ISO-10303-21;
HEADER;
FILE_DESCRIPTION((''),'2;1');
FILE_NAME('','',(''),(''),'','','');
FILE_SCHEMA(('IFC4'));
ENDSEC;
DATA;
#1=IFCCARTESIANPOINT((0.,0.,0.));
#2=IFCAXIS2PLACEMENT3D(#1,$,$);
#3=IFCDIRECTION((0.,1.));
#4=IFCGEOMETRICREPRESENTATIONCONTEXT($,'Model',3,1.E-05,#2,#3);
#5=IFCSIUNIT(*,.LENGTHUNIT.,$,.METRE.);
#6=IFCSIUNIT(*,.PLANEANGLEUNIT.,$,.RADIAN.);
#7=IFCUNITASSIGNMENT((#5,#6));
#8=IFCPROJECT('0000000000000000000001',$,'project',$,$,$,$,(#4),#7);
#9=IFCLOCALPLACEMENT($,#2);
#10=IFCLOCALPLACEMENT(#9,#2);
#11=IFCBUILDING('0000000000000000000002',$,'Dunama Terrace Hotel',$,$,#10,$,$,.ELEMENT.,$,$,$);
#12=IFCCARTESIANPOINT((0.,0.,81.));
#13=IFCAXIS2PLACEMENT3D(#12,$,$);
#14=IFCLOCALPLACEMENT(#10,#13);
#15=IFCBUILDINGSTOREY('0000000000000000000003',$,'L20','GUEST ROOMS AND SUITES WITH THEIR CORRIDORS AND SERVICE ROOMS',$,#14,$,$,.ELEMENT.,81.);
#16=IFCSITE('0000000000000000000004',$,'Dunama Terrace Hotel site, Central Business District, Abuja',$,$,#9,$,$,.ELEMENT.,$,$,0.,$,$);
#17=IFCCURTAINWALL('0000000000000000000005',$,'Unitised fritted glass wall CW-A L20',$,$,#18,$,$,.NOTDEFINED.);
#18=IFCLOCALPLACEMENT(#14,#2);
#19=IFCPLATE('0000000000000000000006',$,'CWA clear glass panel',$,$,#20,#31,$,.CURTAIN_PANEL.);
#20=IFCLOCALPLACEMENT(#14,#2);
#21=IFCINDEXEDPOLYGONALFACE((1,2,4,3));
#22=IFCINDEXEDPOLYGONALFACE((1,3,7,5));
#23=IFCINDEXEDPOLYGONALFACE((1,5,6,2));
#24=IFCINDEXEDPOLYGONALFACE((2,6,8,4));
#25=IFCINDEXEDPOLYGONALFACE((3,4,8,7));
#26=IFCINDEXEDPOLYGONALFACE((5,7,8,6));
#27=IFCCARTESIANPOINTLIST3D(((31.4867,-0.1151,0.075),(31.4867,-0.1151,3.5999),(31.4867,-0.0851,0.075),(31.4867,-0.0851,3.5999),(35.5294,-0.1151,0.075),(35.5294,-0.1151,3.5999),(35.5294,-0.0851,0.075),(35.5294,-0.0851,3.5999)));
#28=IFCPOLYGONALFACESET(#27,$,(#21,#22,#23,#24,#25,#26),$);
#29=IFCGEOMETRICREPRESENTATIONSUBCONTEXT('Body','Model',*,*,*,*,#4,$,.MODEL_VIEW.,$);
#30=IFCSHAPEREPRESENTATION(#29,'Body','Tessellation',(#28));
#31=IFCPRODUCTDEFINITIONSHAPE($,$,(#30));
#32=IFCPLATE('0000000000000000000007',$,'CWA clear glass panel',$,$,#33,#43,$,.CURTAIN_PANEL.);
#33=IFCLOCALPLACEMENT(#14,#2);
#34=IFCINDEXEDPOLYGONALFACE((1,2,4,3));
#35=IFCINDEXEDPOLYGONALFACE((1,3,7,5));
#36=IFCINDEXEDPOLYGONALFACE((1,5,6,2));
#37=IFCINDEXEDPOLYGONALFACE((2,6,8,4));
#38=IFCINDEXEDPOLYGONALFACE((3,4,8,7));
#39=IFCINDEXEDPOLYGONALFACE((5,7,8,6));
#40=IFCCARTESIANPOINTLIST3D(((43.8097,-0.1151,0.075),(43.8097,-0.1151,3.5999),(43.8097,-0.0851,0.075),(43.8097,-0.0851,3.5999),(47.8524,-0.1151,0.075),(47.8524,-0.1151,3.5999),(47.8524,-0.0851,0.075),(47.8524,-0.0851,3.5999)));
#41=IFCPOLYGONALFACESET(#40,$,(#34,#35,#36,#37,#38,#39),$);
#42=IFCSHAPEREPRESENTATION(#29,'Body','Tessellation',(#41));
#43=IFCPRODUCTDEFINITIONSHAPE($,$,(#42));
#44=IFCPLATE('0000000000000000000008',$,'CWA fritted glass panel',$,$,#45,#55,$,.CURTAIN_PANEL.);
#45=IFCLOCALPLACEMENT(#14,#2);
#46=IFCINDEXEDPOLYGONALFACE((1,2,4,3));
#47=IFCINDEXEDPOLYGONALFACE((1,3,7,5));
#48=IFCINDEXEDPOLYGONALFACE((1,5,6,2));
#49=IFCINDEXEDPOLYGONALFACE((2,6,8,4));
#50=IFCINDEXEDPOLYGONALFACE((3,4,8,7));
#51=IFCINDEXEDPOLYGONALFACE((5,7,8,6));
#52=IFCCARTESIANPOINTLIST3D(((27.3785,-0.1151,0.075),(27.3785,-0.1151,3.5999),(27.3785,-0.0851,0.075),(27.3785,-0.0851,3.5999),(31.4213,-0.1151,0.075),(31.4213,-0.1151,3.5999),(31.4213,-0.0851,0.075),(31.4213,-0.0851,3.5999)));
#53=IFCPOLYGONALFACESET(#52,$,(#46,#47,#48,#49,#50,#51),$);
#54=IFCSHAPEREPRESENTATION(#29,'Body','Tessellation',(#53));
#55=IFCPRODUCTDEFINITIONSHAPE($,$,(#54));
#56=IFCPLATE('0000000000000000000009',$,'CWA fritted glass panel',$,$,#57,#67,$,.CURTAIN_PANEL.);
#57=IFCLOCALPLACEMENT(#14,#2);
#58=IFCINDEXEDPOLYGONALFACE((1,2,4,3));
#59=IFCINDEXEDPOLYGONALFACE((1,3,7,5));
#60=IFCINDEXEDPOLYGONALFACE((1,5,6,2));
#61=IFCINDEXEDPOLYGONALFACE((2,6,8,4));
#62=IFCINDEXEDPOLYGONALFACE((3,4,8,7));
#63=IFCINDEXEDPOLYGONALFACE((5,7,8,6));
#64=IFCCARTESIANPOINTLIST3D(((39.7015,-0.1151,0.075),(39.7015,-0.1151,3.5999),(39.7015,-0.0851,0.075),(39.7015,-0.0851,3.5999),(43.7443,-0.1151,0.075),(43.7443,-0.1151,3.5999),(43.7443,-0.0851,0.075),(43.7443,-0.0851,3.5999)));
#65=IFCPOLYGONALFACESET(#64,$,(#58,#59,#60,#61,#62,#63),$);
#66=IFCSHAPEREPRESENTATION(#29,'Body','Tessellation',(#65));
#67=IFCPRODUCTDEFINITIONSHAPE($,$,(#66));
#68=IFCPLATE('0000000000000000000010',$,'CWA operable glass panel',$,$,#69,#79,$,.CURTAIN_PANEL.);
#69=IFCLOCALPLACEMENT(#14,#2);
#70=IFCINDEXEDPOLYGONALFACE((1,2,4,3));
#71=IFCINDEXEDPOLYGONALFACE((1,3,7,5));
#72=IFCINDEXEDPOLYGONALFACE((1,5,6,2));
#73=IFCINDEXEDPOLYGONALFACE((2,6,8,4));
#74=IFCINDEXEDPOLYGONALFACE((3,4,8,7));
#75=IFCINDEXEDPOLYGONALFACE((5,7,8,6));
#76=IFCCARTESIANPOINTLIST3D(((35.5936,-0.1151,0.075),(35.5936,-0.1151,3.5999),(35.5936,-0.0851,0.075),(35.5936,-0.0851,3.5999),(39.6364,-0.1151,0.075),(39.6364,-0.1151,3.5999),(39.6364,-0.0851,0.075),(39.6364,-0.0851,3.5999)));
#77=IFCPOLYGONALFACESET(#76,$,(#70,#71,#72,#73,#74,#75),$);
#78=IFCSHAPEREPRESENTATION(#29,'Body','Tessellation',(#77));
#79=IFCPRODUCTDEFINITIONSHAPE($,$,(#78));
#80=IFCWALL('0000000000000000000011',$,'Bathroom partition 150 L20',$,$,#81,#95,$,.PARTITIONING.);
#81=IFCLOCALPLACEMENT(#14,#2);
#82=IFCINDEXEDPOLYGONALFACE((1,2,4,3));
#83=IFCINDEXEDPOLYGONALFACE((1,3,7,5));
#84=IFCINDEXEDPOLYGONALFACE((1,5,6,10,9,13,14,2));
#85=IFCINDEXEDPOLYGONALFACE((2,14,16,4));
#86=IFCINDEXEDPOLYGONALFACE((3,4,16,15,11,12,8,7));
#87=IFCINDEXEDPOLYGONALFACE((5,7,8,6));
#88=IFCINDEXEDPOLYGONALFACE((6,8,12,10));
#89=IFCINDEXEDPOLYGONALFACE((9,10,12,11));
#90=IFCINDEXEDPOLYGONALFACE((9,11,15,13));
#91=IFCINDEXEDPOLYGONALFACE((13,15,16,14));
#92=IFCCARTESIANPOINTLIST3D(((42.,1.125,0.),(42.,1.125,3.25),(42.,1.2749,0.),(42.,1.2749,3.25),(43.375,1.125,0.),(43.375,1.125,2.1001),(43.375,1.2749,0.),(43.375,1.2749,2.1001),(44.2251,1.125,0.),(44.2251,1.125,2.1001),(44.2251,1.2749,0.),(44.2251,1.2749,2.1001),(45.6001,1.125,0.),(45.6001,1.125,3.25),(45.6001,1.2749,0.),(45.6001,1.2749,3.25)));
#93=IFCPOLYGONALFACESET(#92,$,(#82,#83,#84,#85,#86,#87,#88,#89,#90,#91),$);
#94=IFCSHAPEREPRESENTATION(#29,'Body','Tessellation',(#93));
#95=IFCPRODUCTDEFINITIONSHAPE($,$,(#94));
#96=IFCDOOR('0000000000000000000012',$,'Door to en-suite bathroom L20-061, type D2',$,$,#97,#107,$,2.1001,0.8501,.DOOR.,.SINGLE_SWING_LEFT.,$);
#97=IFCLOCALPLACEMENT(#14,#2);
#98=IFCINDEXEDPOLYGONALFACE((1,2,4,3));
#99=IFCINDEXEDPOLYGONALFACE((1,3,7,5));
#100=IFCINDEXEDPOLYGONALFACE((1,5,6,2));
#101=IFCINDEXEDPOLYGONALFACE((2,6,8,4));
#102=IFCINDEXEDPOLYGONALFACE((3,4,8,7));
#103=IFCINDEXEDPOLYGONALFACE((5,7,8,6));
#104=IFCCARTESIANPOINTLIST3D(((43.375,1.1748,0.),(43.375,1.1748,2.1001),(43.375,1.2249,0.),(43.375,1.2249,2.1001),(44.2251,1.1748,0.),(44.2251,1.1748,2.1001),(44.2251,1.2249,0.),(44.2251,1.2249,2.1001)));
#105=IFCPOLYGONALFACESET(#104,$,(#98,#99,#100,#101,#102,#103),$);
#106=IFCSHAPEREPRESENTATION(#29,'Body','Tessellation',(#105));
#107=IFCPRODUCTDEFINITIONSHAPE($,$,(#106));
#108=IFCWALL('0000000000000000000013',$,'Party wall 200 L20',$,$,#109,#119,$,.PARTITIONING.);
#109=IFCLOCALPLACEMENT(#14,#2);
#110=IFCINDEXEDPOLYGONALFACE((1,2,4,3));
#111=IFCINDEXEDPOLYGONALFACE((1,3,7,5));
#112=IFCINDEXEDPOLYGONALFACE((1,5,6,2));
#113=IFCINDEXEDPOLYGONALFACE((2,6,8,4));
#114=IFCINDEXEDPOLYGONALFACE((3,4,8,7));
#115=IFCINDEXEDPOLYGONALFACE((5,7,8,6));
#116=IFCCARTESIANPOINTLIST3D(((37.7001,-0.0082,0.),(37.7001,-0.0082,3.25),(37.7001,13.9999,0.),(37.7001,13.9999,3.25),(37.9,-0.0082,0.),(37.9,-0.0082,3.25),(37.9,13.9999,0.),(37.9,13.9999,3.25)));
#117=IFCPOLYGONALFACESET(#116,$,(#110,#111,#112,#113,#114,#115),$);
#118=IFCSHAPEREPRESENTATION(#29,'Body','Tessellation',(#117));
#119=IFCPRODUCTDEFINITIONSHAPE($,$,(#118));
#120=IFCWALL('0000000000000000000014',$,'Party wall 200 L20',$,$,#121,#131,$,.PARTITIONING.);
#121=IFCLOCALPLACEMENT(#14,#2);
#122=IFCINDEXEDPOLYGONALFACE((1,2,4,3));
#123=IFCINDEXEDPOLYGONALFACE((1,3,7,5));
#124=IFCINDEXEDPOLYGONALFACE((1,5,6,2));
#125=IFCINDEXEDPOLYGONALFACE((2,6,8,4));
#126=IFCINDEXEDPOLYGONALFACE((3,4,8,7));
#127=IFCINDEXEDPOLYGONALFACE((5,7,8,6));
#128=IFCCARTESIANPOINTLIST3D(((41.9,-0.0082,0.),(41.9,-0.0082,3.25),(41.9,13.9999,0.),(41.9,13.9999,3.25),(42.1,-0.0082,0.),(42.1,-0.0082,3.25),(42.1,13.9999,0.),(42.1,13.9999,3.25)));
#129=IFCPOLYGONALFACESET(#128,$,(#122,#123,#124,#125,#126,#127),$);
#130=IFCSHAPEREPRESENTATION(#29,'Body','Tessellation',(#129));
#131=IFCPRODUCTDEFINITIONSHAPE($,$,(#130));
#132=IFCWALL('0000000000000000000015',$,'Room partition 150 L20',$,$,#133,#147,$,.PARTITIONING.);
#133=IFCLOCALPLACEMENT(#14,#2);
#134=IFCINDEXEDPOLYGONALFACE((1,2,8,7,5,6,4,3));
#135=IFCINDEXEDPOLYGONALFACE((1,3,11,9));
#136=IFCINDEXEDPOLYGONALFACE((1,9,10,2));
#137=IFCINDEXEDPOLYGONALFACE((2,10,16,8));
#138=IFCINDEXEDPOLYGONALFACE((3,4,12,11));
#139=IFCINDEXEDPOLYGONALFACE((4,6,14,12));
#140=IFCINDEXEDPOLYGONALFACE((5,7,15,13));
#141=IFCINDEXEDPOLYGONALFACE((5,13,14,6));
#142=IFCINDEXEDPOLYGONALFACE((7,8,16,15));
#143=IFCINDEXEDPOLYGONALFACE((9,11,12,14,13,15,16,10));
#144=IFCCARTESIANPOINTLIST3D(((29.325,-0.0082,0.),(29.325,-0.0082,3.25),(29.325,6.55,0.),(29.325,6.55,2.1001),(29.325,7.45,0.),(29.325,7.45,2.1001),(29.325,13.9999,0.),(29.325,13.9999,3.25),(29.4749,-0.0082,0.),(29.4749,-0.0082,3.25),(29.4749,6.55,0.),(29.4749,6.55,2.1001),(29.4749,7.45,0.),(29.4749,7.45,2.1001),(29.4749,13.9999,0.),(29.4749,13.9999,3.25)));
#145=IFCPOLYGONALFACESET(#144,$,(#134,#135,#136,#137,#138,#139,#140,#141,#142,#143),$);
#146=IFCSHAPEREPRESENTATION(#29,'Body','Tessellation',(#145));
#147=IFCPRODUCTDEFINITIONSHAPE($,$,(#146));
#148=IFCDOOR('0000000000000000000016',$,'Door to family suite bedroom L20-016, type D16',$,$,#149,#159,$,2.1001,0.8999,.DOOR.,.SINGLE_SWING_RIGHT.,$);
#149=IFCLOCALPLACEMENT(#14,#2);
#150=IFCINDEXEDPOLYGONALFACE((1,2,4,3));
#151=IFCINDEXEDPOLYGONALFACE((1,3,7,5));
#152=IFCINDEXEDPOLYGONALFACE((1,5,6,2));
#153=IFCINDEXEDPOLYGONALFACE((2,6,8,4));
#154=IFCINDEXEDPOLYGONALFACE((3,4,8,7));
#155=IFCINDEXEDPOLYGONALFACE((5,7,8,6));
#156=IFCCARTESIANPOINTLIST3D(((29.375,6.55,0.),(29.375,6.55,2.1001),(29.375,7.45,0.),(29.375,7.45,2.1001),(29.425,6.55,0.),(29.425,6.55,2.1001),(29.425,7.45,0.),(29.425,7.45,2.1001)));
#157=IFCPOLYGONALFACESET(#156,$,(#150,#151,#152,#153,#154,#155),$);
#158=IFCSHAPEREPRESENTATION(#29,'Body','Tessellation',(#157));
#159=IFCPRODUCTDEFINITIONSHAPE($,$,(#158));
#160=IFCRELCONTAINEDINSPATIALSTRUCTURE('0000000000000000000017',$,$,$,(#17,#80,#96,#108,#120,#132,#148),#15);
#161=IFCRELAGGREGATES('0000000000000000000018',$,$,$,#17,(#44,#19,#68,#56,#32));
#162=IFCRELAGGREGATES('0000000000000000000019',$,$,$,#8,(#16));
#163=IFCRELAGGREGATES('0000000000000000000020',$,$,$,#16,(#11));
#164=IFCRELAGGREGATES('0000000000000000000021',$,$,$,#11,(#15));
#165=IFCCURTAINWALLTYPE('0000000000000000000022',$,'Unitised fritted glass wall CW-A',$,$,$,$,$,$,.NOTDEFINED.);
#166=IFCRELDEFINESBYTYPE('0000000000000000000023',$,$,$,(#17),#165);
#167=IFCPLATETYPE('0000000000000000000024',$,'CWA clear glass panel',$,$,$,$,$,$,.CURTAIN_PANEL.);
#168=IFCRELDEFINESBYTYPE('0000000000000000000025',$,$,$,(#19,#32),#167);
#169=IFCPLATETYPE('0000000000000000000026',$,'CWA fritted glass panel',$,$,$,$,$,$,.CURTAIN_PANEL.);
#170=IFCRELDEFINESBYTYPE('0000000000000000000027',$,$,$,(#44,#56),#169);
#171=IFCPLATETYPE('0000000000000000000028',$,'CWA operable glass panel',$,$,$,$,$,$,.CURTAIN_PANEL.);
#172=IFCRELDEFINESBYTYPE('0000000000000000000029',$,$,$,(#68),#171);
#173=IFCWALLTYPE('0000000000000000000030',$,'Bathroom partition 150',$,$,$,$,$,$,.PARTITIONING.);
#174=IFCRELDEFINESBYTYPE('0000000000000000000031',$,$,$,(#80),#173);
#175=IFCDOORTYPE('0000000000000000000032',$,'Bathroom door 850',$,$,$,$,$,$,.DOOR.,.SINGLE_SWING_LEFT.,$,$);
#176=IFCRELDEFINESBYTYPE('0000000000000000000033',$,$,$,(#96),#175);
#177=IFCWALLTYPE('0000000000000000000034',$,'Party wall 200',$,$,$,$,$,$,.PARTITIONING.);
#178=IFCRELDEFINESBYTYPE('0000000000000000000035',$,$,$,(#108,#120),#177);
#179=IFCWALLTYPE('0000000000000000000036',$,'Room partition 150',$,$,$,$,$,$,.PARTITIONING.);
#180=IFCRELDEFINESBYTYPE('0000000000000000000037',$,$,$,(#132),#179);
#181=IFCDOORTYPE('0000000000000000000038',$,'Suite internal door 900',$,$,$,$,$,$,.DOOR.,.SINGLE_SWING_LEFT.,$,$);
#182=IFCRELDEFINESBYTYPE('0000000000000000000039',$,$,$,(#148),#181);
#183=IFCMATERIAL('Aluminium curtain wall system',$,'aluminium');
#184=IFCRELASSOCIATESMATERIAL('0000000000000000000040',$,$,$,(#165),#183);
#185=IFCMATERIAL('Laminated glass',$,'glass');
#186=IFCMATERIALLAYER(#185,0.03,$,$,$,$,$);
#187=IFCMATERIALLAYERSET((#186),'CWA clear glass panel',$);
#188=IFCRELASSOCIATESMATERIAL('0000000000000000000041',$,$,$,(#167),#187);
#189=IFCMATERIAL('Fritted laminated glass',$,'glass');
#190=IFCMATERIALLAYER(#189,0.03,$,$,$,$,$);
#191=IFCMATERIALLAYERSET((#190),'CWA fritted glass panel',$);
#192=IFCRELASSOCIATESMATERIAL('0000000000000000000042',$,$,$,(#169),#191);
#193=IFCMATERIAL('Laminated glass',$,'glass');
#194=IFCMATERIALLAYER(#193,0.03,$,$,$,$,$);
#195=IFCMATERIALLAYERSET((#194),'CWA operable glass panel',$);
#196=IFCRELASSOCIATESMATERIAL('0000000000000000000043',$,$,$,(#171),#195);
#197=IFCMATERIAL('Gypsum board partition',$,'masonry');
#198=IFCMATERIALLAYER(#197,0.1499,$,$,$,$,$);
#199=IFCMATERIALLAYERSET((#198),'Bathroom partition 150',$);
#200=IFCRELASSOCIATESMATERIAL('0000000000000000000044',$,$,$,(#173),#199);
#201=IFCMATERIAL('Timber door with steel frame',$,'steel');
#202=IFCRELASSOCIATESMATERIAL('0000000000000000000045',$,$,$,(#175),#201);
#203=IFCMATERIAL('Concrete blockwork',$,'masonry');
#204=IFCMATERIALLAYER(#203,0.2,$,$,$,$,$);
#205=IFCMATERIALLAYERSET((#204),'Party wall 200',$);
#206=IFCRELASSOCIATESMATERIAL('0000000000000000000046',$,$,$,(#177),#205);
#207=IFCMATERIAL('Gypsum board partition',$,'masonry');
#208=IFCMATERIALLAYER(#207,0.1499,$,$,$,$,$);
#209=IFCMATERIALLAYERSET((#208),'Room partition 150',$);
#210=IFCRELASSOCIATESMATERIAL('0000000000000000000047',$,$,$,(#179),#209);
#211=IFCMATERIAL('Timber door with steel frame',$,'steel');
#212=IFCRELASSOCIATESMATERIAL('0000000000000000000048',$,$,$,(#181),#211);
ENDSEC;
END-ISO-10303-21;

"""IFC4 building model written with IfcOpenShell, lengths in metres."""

from ifc_helpers import new_model, si_unit, direction, frame, frame_2d, origin, origin_2d, place, context, subcontext, project, spatial, rectangle, extrude, material, layer, layer_set, type_object, element, fill, aggregate, save


model = new_model("IFC4")

# Units and contexts
model_context = context("Model", 3, precision=1e-05, world=origin(), true_north=direction((0.0, 1.0)))
body_context = subcontext(model_context, "Body", "Model", "MODEL_VIEW")
ifc_project = project(units=[si_unit("LENGTHUNIT", "METRE"), si_unit("PLANEANGLEUNIT", "RADIAN")], contexts=[model_context])

# Site, building, storey
site_placement = place(None, origin())
site = spatial("IfcSite", under=ifc_project, at=site_placement, Name="Dunama Terrace Hotel site, Central Business District, Abuja", CompositionType="ELEMENT", RefElevation=0.0)
building_placement = place(site_placement, origin())
building = spatial("IfcBuilding", under=site, at=building_placement, Name="Dunama Terrace Hotel", CompositionType="ELEMENT")
storey_placement = place(building_placement, frame((0.0, 0.0, 81.0)))
storey = spatial("IfcBuildingStorey", under=building, at=storey_placement, Name="L20", Description="GUEST ROOMS AND SUITES WITH THEIR CORRIDORS AND SERVICE ROOMS", CompositionType="ELEMENT", Elevation=81.0)

# Curtain wall
ifc_material_1 = material(Name="Aluminium curtain wall system", Category="aluminium")
curtain_wall_type = type_object("IfcCurtainWallType", Name="Unitised fritted glass wall CW-A", PredefinedType="NOTDEFINED", material=ifc_material_1)
curtain_wall_placement = place(storey_placement, origin())
curtain_wall = element("IfcCurtainWall", 1, at=curtain_wall_placement, inside=storey, type_object=curtain_wall_type, Name="Unitised fritted glass wall CW-A L20", PredefinedType="NOTDEFINED")

# Plates
ifc_material_2 = material(Name="Laminated glass", Category="glass")
ifc_layer_1 = layer(ifc_material_2, 0.03)
ifc_layer_set_1 = layer_set([ifc_layer_1], Name="CWA clear glass panel")
plate_type_1 = type_object("IfcPlateType", Name="CWA clear glass panel", PredefinedType="CURTAIN_PANEL", material=ifc_layer_set_1)
plate_1_placement = place(storey_placement, frame((33.5081, -0.1001, 0.075), z_axis=(0.0, 0.0, 1.0), x_axis=(1.0, 0.0, 0.0)))
plate_1 = element("IfcPlate", 2, at=plate_1_placement, type_object=plate_type_1, Name="CWA clear glass panel", PredefinedType="CURTAIN_PANEL", context=body_context, shape_type="SweptSolid", body=[
    extrude(rectangle(XDim=4.0427, YDim=0.03, at=origin_2d()), origin(), (0.0, 0.0, 1.0), 3.5249),
])
plate_2_placement = place(storey_placement, frame((45.8311, -0.1001, 0.075), z_axis=(0.0, 0.0, 1.0), x_axis=(1.0, 0.0, 0.0)))
plate_2 = element("IfcPlate", 3, at=plate_2_placement, type_object=plate_type_1, Name="CWA clear glass panel", PredefinedType="CURTAIN_PANEL", context=body_context, shape_type="SweptSolid", body=[
    extrude(rectangle(XDim=4.0427, YDim=0.03, at=origin_2d()), origin(), (0.0, 0.0, 1.0), 3.5249),
])
ifc_material_3 = material(Name="Fritted laminated glass", Category="glass")
ifc_layer_2 = layer(ifc_material_3, 0.03)
ifc_layer_set_2 = layer_set([ifc_layer_2], Name="CWA fritted glass panel")
plate_type_2 = type_object("IfcPlateType", Name="CWA fritted glass panel", PredefinedType="CURTAIN_PANEL", material=ifc_layer_set_2)
plate_3_placement = place(storey_placement, frame((29.3999, -0.1001, 0.075), z_axis=(0.0, 0.0, 1.0), x_axis=(1.0, 0.0, 0.0)))
plate_3 = element("IfcPlate", 4, at=plate_3_placement, type_object=plate_type_2, Name="CWA fritted glass panel", PredefinedType="CURTAIN_PANEL", context=body_context, shape_type="SweptSolid", body=[
    extrude(rectangle(XDim=4.0427, YDim=0.03, at=origin_2d()), origin(), (0.0, 0.0, 1.0), 3.5249),
])
plate_4_placement = place(storey_placement, frame((41.7229, -0.1001, 0.075), z_axis=(0.0, 0.0, 1.0), x_axis=(1.0, 0.0, 0.0)))
plate_4 = element("IfcPlate", 5, at=plate_4_placement, type_object=plate_type_2, Name="CWA fritted glass panel", PredefinedType="CURTAIN_PANEL", context=body_context, shape_type="SweptSolid", body=[
    extrude(rectangle(XDim=4.0427, YDim=0.03, at=origin_2d()), origin(), (0.0, 0.0, 1.0), 3.5249),
])
ifc_material_4 = material(Name="Laminated glass", Category="glass")
ifc_layer_3 = layer(ifc_material_4, 0.03)
ifc_layer_set_3 = layer_set([ifc_layer_3], Name="CWA operable glass panel")
plate_type_3 = type_object("IfcPlateType", Name="CWA operable glass panel", PredefinedType="CURTAIN_PANEL", material=ifc_layer_set_3)
plate_5_placement = place(storey_placement, frame((37.615, -0.1001, 0.075), z_axis=(0.0, 0.0, 1.0), x_axis=(1.0, 0.0, 0.0)))
plate_5 = element("IfcPlate", 6, at=plate_5_placement, type_object=plate_type_3, Name="CWA operable glass panel", PredefinedType="CURTAIN_PANEL", context=body_context, shape_type="SweptSolid", body=[
    extrude(rectangle(XDim=4.0427, YDim=0.03, at=origin_2d()), origin(), (0.0, 0.0, 1.0), 3.5249),
])
aggregate(curtain_wall, [plate_3, plate_1, plate_5, plate_4, plate_2])

# Wall, opening, door
ifc_material_5 = material(Name="Gypsum board partition", Category="masonry")
ifc_layer_4 = layer(ifc_material_5, 0.1499)
ifc_layer_set_4 = layer_set([ifc_layer_4], Name="Bathroom partition 150")
wall_type_1 = type_object("IfcWallType", Name="Bathroom partition 150", PredefinedType="PARTITIONING", material=ifc_layer_set_4)
wall_1_placement = place(storey_placement, frame((42.0, 1.2, 0.0), z_axis=(0.0, 0.0, 1.0), x_axis=(1.0, 0.0, 0.0)))
wall_1 = element("IfcWall", 7, at=wall_1_placement, inside=storey, type_object=wall_type_1, Name="Bathroom partition 150 L20", PredefinedType="PARTITIONING", context=body_context, shape_type="SweptSolid", body=[
    extrude(rectangle(XDim=3.6001, YDim=0.1499, at=frame_2d((1.8, 0.0))), origin(), (0.0, 0.0, 1.0), 3.25),
])
opening_1_placement = place(wall_1_placement, frame((1.375, 0.0, 0.0)))
opening_1 = element("IfcOpeningElement", 8, at=opening_1_placement, cuts=wall_1, PredefinedType="OPENING", context=body_context, shape_type="SweptSolid", body=[
    extrude(rectangle(XDim=0.8501, YDim=2.1001, at=frame_2d((0.425, 1.05))), frame((0.0, 0.085, 0.0), z_axis=(0.0, -1.0, 0.0), x_axis=(1.0, 0.0, 0.0)), (0.0, 0.0, 1.0), 0.1699),
])
ifc_material_6 = material(Name="Timber door with steel frame", Category="steel")
door_type_1 = type_object("IfcDoorType", Name="Bathroom door 850", OperationType="SINGLE_SWING_LEFT", PredefinedType="DOOR", material=ifc_material_6)
door_1_placement = place(opening_1_placement, origin())
door_1 = element("IfcDoor", 9, at=door_1_placement, inside=storey, type_object=door_type_1, Name="Door to en-suite bathroom L20-061, type D2", OperationType="SINGLE_SWING_LEFT", OverallHeight=2.1001, OverallWidth=0.8501, PredefinedType="DOOR", context=body_context, shape_type="SweptSolid", body=[
    extrude(rectangle(XDim=0.8501, YDim=2.1001, at=frame_2d((0.425, 1.05))), frame((0.0, 0.0249, 0.0), z_axis=(0.0, -1.0, 0.0), x_axis=(1.0, 0.0, 0.0)), (0.0, 0.0, 1.0), 0.05),
])
fill(opening_1, door_1)

# Walls
ifc_material_7 = material(Name="Concrete blockwork", Category="masonry")
ifc_layer_5 = layer(ifc_material_7, 0.2)
ifc_layer_set_5 = layer_set([ifc_layer_5], Name="Party wall 200")
wall_type_2 = type_object("IfcWallType", Name="Party wall 200", PredefinedType="PARTITIONING", material=ifc_layer_set_5)
for number, where, z_axis, x_axis, name in (
    (10, (37.8, -0.0081, 0.0), (0.0, 0.0, 1.0), (0.0, 1.0, 0.0), "Party wall 200 L20"),
    (11, (42.0, -0.0081, 0.0), (0.0, 0.0, 1.0), (0.0, 1.0, 0.0), "Party wall 200 L20"),
):
    element("IfcWall", number, at=place(storey_placement, frame(where, z_axis=z_axis, x_axis=x_axis)), inside=storey, type_object=wall_type_2, Name=name, PredefinedType="PARTITIONING", context=body_context, shape_type="SweptSolid", body=[
        extrude(rectangle(XDim=14.0081, YDim=0.2, at=frame_2d((7.0039, 0.0))), origin(), (0.0, 0.0, 1.0), 3.25),
    ])

# Wall, opening, door
ifc_material_8 = material(Name="Gypsum board partition", Category="masonry")
ifc_layer_6 = layer(ifc_material_8, 0.1499)
ifc_layer_set_6 = layer_set([ifc_layer_6], Name="Room partition 150")
wall_type_3 = type_object("IfcWallType", Name="Room partition 150", PredefinedType="PARTITIONING", material=ifc_layer_set_6)
wall_2_placement = place(storey_placement, frame((29.3999, -0.0081, 0.0), z_axis=(0.0, 0.0, 1.0), x_axis=(0.0, 1.0, 0.0)))
wall_2 = element("IfcWall", 12, at=wall_2_placement, inside=storey, type_object=wall_type_3, Name="Room partition 150 L20", PredefinedType="PARTITIONING", context=body_context, shape_type="SweptSolid", body=[
    extrude(rectangle(XDim=14.0081, YDim=0.1499, at=frame_2d((7.0039, 0.0))), origin(), (0.0, 0.0, 1.0), 3.25),
])
opening_2_placement = place(wall_2_placement, frame((6.5581, 0.0, 0.0)))
opening_2 = element("IfcOpeningElement", 13, at=opening_2_placement, cuts=wall_2, PredefinedType="OPENING", context=body_context, shape_type="SweptSolid", body=[
    extrude(rectangle(XDim=0.8999, YDim=2.1001, at=frame_2d((0.45, 1.05))), frame((0.0, 0.085, 0.0), z_axis=(0.0, -1.0, 0.0), x_axis=(1.0, 0.0, 0.0)), (0.0, 0.0, 1.0), 0.1699),
])
ifc_material_9 = material(Name="Timber door with steel frame", Category="steel")
door_type_2 = type_object("IfcDoorType", Name="Suite internal door 900", OperationType="SINGLE_SWING_LEFT", PredefinedType="DOOR", material=ifc_material_9)
door_2_placement = place(opening_2_placement, origin())
door_2 = element("IfcDoor", 14, at=door_2_placement, inside=storey, type_object=door_type_2, Name="Door to family suite bedroom L20-016, type D16", OperationType="SINGLE_SWING_RIGHT", OverallHeight=2.1001, OverallWidth=0.8999, PredefinedType="DOOR", context=body_context, shape_type="SweptSolid", body=[
    extrude(rectangle(XDim=0.8999, YDim=2.1001, at=frame_2d((0.45, 1.05))), frame((0.0, 0.0249, 0.0), z_axis=(0.0, -1.0, 0.0), x_axis=(1.0, 0.0, 0.0)), (0.0, 0.0, 1.0), 0.05),
])
fill(opening_2, door_2)

save(model, "model.ifc")
